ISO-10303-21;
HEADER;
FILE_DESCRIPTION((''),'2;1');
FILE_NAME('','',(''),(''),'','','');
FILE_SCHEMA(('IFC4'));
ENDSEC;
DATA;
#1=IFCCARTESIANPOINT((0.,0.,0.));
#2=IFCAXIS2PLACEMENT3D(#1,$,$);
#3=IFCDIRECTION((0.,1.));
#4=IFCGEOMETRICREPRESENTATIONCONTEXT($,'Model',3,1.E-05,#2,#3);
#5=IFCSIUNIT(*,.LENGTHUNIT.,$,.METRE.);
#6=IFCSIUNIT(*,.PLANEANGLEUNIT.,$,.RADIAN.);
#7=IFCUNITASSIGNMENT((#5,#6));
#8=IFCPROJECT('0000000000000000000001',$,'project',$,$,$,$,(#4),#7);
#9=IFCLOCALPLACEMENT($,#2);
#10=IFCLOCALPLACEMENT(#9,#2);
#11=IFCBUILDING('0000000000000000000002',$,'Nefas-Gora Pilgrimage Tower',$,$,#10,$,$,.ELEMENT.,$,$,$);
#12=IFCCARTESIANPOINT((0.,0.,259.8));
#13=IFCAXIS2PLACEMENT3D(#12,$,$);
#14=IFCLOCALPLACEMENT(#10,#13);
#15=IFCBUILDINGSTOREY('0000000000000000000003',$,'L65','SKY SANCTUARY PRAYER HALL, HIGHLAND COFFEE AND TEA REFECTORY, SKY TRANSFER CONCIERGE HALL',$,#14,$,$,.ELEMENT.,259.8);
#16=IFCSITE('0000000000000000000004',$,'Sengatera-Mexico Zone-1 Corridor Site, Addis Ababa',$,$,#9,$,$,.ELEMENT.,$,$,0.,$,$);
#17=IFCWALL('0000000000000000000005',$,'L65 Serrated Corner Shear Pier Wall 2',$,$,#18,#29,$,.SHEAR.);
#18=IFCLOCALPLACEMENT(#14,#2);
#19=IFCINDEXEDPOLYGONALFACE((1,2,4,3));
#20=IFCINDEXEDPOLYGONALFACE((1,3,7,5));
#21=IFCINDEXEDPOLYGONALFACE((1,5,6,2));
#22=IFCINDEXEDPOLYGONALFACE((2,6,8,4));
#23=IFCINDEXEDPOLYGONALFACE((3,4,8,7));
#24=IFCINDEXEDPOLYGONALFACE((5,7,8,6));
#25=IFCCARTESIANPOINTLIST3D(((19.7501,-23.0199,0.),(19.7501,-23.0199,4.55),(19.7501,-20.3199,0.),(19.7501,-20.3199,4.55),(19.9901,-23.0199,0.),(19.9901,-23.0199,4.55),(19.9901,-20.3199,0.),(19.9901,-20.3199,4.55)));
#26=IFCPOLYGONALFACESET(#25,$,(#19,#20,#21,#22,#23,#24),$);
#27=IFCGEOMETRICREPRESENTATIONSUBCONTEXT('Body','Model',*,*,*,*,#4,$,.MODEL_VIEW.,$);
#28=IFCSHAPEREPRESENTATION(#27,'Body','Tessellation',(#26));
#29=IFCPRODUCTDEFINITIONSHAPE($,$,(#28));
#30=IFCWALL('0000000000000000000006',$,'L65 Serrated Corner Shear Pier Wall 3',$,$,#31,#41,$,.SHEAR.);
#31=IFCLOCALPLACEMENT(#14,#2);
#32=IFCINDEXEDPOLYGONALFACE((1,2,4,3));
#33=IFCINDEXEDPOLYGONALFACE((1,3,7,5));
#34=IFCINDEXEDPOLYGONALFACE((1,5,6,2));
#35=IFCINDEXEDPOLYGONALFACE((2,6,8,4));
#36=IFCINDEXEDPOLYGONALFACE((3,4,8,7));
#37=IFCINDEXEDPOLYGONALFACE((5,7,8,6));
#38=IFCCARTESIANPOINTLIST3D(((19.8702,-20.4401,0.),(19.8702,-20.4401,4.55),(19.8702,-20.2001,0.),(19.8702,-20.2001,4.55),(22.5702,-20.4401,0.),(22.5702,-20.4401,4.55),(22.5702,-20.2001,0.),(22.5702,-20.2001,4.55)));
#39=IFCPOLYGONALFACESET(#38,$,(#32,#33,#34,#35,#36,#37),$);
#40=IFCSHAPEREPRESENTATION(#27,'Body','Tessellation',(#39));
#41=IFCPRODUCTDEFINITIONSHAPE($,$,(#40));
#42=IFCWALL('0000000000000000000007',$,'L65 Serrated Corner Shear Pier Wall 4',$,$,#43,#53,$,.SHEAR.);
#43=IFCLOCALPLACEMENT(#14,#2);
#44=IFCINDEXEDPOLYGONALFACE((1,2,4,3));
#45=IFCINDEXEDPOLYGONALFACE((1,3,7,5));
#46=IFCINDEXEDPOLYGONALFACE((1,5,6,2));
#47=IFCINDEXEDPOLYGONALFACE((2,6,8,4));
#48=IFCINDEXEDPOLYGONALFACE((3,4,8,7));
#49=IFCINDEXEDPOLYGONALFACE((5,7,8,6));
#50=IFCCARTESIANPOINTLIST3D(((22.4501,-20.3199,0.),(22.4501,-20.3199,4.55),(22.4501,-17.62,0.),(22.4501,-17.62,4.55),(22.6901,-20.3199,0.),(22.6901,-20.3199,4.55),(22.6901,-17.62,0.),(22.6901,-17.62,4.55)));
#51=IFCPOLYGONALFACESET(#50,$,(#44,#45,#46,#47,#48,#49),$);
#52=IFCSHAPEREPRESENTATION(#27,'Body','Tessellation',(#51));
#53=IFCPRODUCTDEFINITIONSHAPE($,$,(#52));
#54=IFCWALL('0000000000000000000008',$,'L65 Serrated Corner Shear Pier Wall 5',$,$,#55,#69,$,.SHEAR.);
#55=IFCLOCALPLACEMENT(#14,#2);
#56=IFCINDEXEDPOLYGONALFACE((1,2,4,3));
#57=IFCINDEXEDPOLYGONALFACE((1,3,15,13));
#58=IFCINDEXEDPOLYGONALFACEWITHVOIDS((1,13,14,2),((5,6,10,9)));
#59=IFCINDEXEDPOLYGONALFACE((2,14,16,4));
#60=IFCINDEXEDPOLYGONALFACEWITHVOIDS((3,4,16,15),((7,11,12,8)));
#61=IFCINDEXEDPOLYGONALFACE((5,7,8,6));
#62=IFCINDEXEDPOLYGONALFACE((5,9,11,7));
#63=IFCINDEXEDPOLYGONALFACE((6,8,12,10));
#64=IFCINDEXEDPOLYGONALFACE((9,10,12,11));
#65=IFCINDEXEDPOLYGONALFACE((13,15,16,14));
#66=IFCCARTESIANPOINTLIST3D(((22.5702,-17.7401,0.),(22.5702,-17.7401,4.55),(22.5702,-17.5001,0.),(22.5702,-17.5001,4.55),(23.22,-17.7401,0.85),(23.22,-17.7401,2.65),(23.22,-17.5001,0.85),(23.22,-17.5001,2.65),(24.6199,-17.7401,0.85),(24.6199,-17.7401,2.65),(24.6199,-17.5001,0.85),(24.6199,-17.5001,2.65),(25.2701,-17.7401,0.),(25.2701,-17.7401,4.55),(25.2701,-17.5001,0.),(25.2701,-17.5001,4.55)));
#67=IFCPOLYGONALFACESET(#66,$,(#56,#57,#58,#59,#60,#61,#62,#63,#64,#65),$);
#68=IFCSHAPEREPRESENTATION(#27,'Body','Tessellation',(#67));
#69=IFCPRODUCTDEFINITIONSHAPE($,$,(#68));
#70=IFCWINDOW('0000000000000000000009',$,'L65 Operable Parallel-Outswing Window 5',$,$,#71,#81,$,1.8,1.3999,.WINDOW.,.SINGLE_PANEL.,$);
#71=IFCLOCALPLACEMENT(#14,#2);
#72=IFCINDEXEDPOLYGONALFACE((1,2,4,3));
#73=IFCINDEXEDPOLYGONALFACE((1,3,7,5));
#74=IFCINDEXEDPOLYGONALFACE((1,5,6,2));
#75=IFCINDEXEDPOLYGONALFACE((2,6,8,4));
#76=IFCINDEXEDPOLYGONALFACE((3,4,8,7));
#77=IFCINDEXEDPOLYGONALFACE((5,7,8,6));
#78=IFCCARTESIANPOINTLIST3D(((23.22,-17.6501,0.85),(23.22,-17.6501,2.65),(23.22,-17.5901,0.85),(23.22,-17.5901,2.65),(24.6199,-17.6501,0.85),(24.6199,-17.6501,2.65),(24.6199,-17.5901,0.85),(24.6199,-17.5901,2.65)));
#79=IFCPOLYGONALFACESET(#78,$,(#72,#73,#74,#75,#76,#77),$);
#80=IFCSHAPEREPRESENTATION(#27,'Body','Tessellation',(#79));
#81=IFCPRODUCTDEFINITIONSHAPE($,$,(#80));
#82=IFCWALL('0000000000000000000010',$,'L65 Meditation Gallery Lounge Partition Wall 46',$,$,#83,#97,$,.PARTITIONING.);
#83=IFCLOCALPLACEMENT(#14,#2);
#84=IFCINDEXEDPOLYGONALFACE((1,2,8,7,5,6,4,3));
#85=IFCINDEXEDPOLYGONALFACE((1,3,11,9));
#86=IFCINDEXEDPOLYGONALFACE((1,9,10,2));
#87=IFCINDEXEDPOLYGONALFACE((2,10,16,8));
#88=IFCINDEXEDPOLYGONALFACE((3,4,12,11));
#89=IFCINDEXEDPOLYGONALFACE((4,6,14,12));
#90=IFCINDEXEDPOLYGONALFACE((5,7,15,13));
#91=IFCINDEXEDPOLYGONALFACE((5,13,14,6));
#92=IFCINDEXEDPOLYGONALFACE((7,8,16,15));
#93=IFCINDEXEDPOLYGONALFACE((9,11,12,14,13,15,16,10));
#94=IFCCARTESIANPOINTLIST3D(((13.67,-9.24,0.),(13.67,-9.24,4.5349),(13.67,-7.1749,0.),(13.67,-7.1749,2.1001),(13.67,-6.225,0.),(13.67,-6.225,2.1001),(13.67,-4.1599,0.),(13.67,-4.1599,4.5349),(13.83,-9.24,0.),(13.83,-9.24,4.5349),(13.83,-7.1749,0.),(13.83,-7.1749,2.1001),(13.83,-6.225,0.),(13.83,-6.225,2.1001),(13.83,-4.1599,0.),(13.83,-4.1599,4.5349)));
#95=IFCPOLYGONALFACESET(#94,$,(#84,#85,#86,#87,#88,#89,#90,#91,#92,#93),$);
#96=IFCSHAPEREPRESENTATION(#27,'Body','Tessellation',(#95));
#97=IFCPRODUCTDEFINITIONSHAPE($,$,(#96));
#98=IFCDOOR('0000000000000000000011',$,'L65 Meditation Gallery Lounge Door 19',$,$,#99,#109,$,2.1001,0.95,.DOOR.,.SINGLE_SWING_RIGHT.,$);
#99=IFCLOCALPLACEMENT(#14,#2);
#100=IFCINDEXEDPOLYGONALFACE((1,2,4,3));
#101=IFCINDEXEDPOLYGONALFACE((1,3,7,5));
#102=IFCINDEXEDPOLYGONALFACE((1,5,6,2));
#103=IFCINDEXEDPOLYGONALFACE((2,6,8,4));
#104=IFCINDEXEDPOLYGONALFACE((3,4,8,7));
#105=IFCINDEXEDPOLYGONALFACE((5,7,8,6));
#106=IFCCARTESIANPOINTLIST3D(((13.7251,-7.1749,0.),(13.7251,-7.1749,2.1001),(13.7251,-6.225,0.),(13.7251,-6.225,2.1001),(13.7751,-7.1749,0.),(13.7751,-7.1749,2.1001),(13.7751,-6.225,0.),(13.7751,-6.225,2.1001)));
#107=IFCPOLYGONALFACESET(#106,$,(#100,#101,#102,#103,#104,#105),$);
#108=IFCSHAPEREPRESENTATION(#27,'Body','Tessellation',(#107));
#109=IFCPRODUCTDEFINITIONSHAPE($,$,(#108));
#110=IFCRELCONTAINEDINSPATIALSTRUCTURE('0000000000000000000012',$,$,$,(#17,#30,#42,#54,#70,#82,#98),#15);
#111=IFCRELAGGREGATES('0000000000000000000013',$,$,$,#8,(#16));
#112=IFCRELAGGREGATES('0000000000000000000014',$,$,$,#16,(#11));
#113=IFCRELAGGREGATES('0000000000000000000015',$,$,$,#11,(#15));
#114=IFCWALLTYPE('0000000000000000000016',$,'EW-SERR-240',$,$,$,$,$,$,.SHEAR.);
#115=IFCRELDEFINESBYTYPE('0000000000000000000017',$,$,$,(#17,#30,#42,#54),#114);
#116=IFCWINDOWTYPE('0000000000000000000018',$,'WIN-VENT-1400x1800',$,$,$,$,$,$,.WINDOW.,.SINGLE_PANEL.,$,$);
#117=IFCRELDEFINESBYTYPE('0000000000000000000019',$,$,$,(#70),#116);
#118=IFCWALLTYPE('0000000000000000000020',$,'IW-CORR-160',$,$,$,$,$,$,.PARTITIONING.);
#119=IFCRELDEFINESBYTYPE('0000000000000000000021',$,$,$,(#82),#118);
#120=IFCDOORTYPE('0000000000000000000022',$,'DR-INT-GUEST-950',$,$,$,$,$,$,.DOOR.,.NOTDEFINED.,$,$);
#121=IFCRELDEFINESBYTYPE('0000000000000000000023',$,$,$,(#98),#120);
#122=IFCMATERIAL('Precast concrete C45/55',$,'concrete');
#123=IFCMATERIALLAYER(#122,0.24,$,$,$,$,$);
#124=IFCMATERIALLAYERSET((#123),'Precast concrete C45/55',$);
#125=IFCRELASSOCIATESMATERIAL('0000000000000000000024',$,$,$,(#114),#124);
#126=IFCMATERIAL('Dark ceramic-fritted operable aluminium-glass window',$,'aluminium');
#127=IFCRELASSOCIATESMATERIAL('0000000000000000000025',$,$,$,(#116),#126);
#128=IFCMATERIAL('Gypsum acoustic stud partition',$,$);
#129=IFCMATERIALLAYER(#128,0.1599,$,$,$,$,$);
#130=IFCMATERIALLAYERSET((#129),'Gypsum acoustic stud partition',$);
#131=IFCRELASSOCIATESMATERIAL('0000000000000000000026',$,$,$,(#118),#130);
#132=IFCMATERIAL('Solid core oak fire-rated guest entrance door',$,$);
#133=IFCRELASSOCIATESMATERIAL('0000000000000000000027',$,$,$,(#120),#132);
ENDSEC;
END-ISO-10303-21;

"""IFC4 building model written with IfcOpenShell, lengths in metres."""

from ifc_helpers import new_model, si_unit, direction, frame, frame_2d, origin, place, context, subcontext, project, spatial, rectangle, extrude, source, transform, mapped, material, layer, layer_set, type_object, element, fill, save


model = new_model("IFC4")

# Units and contexts
model_context = context("Model", 3, precision=1e-05, world=origin(), true_north=direction((0.0, 1.0)))
body_context = subcontext(model_context, "Body", "Model", "MODEL_VIEW")
ifc_project = project(units=[si_unit("LENGTHUNIT", "METRE"), si_unit("PLANEANGLEUNIT", "RADIAN")], contexts=[model_context])

# Site, building, storey
site_placement = place(None, origin())
site = spatial("IfcSite", under=ifc_project, at=site_placement, Name="Sengatera-Mexico Zone-1 Corridor Site, Addis Ababa", CompositionType="ELEMENT", RefElevation=0.0)
building_placement = place(site_placement, origin())
building = spatial("IfcBuilding", under=site, at=building_placement, Name="Nefas-Gora Pilgrimage Tower", CompositionType="ELEMENT")
storey_placement = place(building_placement, frame((0.0, 0.0, 259.8)))
storey = spatial("IfcBuildingStorey", under=building, at=storey_placement, Name="L65", Description="SKY SANCTUARY PRAYER HALL, HIGHLAND COFFEE AND TEA REFECTORY, SKY TRANSFER CONCIERGE HALL", CompositionType="ELEMENT", Elevation=259.8)

# Walls
ifc_material_1 = material(Name="Precast concrete C45/55", Category="concrete")
ifc_layer_1 = layer(ifc_material_1, 0.24)
ifc_layer_set_1 = layer_set([ifc_layer_1], Name="Precast concrete C45/55")
wall_type_1 = type_object("IfcWallType", Name="EW-SERR-240", PredefinedType="SHEAR", material=ifc_layer_set_1)
shared_shape_1 = source(origin(), body_context, "Body", "SweptSolid", [
    extrude(rectangle(XDim=2.7, YDim=0.24, at=frame_2d((1.3501, 0.0))), origin(), (0.0, 0.0, 1.0), 4.55),
])
for number, where, z_axis, x_axis, name in (
    (1, (19.8701, -23.02, 0.0), (0.0, 0.0, 1.0), (0.0, 1.0, 0.0), "L65 Serrated Corner Shear Pier Wall 2"),
    (2, (19.8701, -20.3201, 0.0), (0.0, 0.0, 1.0), (1.0, 0.0, 0.0), "L65 Serrated Corner Shear Pier Wall 3"),
    (3, (22.5701, -20.3201, 0.0), (0.0, 0.0, 1.0), (0.0, 1.0, 0.0), "L65 Serrated Corner Shear Pier Wall 4"),
):
    element("IfcWall", number, at=place(storey_placement, frame(where, z_axis=z_axis, x_axis=x_axis)), inside=storey, type_object=wall_type_1, Name=name, PredefinedType="SHEAR", context=body_context, shape_type="MappedRepresentation", body=[
        mapped(shared_shape_1, transform((0.0, 0.0, 0.0), x_axis=(1.0, 0.0, 0.0), y_axis=(0.0, 1.0, 0.0), z_axis=(0.0, 0.0, 1.0), scale=1.0)),
    ])

# Wall, opening, window
wall_1_placement = place(storey_placement, frame((22.5701, -17.6201, 0.0), z_axis=(0.0, 0.0, 1.0), x_axis=(1.0, 0.0, 0.0)))
wall_1 = element("IfcWall", 4, at=wall_1_placement, inside=storey, type_object=wall_type_1, Name="L65 Serrated Corner Shear Pier Wall 5", PredefinedType="SHEAR", context=body_context, shape_type="MappedRepresentation", body=[
    mapped(shared_shape_1, transform((0.0, 0.0, 0.0), x_axis=(1.0, 0.0, 0.0), y_axis=(0.0, 1.0, 0.0), z_axis=(0.0, 0.0, 1.0), scale=1.0)),
])
opening_1_placement = place(wall_1_placement, frame((0.6499, 0.0, 0.8501)))
opening_1 = element("IfcOpeningElement", 5, at=opening_1_placement, cuts=wall_1, PredefinedType="OPENING", context=body_context, shape_type="SweptSolid", body=[
    extrude(rectangle(XDim=1.3999, YDim=1.8, at=frame_2d((0.7, 0.8999))), frame((0.0, 0.1299, 0.0), z_axis=(0.0, -1.0, 0.0), x_axis=(1.0, 0.0, 0.0)), (0.0, 0.0, 1.0), 0.26),
])
ifc_material_2 = material(Name="Dark ceramic-fritted operable aluminium-glass window", Category="aluminium")
window_type = type_object("IfcWindowType", Name="WIN-VENT-1400x1800", PartitioningType="SINGLE_PANEL", PredefinedType="WINDOW", material=ifc_material_2)
shared_shape_2 = source(origin(), body_context, "Body", "SweptSolid", [
    extrude(rectangle(XDim=1.3999, YDim=1.8, at=frame_2d((0.7, 0.8999))), frame((0.0, 0.03, 0.0), z_axis=(0.0, -1.0, 0.0), x_axis=(1.0, 0.0, 0.0)), (0.0, 0.0, 1.0), 0.0601),
])
window_placement = place(opening_1_placement, origin())
window = element("IfcWindow", 6, at=window_placement, inside=storey, type_object=window_type, Name="L65 Operable Parallel-Outswing Window 5", OverallHeight=1.8, OverallWidth=1.3999, PartitioningType="SINGLE_PANEL", PredefinedType="WINDOW", context=body_context, shape_type="MappedRepresentation", body=[
    mapped(shared_shape_2, transform((0.0, 0.0, 0.0), x_axis=(1.0, 0.0, 0.0), y_axis=(0.0, 1.0, 0.0), z_axis=(0.0, 0.0, 1.0), scale=1.0)),
])
fill(opening_1, window)

# Wall, opening, door
ifc_material_3 = material(Name="Gypsum acoustic stud partition")
ifc_layer_2 = layer(ifc_material_3, 0.1599)
ifc_layer_set_2 = layer_set([ifc_layer_2], Name="Gypsum acoustic stud partition")
wall_type_2 = type_object("IfcWallType", Name="IW-CORR-160", PredefinedType="PARTITIONING", material=ifc_layer_set_2)
shared_shape_3 = source(origin(), body_context, "Body", "SweptSolid", [
    extrude(rectangle(XDim=5.0801, YDim=0.1599, at=frame_2d((2.54, 0.0))), origin(), (0.0, 0.0, 1.0), 4.5349),
])
wall_2_placement = place(storey_placement, frame((13.75, -9.24, 0.0), z_axis=(0.0, 0.0, 1.0), x_axis=(0.0, 1.0, 0.0)))
wall_2 = element("IfcWall", 7, at=wall_2_placement, inside=storey, type_object=wall_type_2, Name="L65 Meditation Gallery Lounge Partition Wall 46", PredefinedType="PARTITIONING", context=body_context, shape_type="MappedRepresentation", body=[
    mapped(shared_shape_3, transform((0.0, 0.0, 0.0), x_axis=(1.0, 0.0, 0.0), y_axis=(0.0, 1.0, 0.0), z_axis=(0.0, 0.0, 1.0), scale=1.0)),
])
opening_2_placement = place(wall_2_placement, frame((2.0649, 0.0, 0.0)))
opening_2 = element("IfcOpeningElement", 8, at=opening_2_placement, cuts=wall_2, PredefinedType="OPENING", context=body_context, shape_type="SweptSolid", body=[
    extrude(rectangle(XDim=0.95, YDim=2.1001, at=frame_2d((0.4751, 1.05))), frame((0.0, 0.0898, 0.0), z_axis=(0.0, -1.0, 0.0), x_axis=(1.0, 0.0, 0.0)), (0.0, 0.0, 1.0), 0.1799),
])
ifc_material_4 = material(Name="Solid core oak fire-rated guest entrance door")
door_type = type_object("IfcDoorType", Name="DR-INT-GUEST-950", OperationType="NOTDEFINED", PredefinedType="DOOR", material=ifc_material_4)
shared_shape_4 = source(origin(), body_context, "Body", "SweptSolid", [
    extrude(rectangle(XDim=0.95, YDim=2.1001, at=frame_2d((0.4751, 1.05))), frame((0.0, 0.0249, 0.0), z_axis=(0.0, -1.0, 0.0), x_axis=(1.0, 0.0, 0.0)), (0.0, 0.0, 1.0), 0.05),
])
door_placement = place(opening_2_placement, origin())
door = element("IfcDoor", 9, at=door_placement, inside=storey, type_object=door_type, Name="L65 Meditation Gallery Lounge Door 19", OperationType="SINGLE_SWING_RIGHT", OverallHeight=2.1001, OverallWidth=0.95, PredefinedType="DOOR", context=body_context, shape_type="MappedRepresentation", body=[
    mapped(shared_shape_4, transform((0.0, 0.0, 0.0), x_axis=(1.0, 0.0, 0.0), y_axis=(0.0, 1.0, 0.0), z_axis=(0.0, 0.0, 1.0), scale=1.0)),
])
fill(opening_2, door)

save(model, "model.ifc")
